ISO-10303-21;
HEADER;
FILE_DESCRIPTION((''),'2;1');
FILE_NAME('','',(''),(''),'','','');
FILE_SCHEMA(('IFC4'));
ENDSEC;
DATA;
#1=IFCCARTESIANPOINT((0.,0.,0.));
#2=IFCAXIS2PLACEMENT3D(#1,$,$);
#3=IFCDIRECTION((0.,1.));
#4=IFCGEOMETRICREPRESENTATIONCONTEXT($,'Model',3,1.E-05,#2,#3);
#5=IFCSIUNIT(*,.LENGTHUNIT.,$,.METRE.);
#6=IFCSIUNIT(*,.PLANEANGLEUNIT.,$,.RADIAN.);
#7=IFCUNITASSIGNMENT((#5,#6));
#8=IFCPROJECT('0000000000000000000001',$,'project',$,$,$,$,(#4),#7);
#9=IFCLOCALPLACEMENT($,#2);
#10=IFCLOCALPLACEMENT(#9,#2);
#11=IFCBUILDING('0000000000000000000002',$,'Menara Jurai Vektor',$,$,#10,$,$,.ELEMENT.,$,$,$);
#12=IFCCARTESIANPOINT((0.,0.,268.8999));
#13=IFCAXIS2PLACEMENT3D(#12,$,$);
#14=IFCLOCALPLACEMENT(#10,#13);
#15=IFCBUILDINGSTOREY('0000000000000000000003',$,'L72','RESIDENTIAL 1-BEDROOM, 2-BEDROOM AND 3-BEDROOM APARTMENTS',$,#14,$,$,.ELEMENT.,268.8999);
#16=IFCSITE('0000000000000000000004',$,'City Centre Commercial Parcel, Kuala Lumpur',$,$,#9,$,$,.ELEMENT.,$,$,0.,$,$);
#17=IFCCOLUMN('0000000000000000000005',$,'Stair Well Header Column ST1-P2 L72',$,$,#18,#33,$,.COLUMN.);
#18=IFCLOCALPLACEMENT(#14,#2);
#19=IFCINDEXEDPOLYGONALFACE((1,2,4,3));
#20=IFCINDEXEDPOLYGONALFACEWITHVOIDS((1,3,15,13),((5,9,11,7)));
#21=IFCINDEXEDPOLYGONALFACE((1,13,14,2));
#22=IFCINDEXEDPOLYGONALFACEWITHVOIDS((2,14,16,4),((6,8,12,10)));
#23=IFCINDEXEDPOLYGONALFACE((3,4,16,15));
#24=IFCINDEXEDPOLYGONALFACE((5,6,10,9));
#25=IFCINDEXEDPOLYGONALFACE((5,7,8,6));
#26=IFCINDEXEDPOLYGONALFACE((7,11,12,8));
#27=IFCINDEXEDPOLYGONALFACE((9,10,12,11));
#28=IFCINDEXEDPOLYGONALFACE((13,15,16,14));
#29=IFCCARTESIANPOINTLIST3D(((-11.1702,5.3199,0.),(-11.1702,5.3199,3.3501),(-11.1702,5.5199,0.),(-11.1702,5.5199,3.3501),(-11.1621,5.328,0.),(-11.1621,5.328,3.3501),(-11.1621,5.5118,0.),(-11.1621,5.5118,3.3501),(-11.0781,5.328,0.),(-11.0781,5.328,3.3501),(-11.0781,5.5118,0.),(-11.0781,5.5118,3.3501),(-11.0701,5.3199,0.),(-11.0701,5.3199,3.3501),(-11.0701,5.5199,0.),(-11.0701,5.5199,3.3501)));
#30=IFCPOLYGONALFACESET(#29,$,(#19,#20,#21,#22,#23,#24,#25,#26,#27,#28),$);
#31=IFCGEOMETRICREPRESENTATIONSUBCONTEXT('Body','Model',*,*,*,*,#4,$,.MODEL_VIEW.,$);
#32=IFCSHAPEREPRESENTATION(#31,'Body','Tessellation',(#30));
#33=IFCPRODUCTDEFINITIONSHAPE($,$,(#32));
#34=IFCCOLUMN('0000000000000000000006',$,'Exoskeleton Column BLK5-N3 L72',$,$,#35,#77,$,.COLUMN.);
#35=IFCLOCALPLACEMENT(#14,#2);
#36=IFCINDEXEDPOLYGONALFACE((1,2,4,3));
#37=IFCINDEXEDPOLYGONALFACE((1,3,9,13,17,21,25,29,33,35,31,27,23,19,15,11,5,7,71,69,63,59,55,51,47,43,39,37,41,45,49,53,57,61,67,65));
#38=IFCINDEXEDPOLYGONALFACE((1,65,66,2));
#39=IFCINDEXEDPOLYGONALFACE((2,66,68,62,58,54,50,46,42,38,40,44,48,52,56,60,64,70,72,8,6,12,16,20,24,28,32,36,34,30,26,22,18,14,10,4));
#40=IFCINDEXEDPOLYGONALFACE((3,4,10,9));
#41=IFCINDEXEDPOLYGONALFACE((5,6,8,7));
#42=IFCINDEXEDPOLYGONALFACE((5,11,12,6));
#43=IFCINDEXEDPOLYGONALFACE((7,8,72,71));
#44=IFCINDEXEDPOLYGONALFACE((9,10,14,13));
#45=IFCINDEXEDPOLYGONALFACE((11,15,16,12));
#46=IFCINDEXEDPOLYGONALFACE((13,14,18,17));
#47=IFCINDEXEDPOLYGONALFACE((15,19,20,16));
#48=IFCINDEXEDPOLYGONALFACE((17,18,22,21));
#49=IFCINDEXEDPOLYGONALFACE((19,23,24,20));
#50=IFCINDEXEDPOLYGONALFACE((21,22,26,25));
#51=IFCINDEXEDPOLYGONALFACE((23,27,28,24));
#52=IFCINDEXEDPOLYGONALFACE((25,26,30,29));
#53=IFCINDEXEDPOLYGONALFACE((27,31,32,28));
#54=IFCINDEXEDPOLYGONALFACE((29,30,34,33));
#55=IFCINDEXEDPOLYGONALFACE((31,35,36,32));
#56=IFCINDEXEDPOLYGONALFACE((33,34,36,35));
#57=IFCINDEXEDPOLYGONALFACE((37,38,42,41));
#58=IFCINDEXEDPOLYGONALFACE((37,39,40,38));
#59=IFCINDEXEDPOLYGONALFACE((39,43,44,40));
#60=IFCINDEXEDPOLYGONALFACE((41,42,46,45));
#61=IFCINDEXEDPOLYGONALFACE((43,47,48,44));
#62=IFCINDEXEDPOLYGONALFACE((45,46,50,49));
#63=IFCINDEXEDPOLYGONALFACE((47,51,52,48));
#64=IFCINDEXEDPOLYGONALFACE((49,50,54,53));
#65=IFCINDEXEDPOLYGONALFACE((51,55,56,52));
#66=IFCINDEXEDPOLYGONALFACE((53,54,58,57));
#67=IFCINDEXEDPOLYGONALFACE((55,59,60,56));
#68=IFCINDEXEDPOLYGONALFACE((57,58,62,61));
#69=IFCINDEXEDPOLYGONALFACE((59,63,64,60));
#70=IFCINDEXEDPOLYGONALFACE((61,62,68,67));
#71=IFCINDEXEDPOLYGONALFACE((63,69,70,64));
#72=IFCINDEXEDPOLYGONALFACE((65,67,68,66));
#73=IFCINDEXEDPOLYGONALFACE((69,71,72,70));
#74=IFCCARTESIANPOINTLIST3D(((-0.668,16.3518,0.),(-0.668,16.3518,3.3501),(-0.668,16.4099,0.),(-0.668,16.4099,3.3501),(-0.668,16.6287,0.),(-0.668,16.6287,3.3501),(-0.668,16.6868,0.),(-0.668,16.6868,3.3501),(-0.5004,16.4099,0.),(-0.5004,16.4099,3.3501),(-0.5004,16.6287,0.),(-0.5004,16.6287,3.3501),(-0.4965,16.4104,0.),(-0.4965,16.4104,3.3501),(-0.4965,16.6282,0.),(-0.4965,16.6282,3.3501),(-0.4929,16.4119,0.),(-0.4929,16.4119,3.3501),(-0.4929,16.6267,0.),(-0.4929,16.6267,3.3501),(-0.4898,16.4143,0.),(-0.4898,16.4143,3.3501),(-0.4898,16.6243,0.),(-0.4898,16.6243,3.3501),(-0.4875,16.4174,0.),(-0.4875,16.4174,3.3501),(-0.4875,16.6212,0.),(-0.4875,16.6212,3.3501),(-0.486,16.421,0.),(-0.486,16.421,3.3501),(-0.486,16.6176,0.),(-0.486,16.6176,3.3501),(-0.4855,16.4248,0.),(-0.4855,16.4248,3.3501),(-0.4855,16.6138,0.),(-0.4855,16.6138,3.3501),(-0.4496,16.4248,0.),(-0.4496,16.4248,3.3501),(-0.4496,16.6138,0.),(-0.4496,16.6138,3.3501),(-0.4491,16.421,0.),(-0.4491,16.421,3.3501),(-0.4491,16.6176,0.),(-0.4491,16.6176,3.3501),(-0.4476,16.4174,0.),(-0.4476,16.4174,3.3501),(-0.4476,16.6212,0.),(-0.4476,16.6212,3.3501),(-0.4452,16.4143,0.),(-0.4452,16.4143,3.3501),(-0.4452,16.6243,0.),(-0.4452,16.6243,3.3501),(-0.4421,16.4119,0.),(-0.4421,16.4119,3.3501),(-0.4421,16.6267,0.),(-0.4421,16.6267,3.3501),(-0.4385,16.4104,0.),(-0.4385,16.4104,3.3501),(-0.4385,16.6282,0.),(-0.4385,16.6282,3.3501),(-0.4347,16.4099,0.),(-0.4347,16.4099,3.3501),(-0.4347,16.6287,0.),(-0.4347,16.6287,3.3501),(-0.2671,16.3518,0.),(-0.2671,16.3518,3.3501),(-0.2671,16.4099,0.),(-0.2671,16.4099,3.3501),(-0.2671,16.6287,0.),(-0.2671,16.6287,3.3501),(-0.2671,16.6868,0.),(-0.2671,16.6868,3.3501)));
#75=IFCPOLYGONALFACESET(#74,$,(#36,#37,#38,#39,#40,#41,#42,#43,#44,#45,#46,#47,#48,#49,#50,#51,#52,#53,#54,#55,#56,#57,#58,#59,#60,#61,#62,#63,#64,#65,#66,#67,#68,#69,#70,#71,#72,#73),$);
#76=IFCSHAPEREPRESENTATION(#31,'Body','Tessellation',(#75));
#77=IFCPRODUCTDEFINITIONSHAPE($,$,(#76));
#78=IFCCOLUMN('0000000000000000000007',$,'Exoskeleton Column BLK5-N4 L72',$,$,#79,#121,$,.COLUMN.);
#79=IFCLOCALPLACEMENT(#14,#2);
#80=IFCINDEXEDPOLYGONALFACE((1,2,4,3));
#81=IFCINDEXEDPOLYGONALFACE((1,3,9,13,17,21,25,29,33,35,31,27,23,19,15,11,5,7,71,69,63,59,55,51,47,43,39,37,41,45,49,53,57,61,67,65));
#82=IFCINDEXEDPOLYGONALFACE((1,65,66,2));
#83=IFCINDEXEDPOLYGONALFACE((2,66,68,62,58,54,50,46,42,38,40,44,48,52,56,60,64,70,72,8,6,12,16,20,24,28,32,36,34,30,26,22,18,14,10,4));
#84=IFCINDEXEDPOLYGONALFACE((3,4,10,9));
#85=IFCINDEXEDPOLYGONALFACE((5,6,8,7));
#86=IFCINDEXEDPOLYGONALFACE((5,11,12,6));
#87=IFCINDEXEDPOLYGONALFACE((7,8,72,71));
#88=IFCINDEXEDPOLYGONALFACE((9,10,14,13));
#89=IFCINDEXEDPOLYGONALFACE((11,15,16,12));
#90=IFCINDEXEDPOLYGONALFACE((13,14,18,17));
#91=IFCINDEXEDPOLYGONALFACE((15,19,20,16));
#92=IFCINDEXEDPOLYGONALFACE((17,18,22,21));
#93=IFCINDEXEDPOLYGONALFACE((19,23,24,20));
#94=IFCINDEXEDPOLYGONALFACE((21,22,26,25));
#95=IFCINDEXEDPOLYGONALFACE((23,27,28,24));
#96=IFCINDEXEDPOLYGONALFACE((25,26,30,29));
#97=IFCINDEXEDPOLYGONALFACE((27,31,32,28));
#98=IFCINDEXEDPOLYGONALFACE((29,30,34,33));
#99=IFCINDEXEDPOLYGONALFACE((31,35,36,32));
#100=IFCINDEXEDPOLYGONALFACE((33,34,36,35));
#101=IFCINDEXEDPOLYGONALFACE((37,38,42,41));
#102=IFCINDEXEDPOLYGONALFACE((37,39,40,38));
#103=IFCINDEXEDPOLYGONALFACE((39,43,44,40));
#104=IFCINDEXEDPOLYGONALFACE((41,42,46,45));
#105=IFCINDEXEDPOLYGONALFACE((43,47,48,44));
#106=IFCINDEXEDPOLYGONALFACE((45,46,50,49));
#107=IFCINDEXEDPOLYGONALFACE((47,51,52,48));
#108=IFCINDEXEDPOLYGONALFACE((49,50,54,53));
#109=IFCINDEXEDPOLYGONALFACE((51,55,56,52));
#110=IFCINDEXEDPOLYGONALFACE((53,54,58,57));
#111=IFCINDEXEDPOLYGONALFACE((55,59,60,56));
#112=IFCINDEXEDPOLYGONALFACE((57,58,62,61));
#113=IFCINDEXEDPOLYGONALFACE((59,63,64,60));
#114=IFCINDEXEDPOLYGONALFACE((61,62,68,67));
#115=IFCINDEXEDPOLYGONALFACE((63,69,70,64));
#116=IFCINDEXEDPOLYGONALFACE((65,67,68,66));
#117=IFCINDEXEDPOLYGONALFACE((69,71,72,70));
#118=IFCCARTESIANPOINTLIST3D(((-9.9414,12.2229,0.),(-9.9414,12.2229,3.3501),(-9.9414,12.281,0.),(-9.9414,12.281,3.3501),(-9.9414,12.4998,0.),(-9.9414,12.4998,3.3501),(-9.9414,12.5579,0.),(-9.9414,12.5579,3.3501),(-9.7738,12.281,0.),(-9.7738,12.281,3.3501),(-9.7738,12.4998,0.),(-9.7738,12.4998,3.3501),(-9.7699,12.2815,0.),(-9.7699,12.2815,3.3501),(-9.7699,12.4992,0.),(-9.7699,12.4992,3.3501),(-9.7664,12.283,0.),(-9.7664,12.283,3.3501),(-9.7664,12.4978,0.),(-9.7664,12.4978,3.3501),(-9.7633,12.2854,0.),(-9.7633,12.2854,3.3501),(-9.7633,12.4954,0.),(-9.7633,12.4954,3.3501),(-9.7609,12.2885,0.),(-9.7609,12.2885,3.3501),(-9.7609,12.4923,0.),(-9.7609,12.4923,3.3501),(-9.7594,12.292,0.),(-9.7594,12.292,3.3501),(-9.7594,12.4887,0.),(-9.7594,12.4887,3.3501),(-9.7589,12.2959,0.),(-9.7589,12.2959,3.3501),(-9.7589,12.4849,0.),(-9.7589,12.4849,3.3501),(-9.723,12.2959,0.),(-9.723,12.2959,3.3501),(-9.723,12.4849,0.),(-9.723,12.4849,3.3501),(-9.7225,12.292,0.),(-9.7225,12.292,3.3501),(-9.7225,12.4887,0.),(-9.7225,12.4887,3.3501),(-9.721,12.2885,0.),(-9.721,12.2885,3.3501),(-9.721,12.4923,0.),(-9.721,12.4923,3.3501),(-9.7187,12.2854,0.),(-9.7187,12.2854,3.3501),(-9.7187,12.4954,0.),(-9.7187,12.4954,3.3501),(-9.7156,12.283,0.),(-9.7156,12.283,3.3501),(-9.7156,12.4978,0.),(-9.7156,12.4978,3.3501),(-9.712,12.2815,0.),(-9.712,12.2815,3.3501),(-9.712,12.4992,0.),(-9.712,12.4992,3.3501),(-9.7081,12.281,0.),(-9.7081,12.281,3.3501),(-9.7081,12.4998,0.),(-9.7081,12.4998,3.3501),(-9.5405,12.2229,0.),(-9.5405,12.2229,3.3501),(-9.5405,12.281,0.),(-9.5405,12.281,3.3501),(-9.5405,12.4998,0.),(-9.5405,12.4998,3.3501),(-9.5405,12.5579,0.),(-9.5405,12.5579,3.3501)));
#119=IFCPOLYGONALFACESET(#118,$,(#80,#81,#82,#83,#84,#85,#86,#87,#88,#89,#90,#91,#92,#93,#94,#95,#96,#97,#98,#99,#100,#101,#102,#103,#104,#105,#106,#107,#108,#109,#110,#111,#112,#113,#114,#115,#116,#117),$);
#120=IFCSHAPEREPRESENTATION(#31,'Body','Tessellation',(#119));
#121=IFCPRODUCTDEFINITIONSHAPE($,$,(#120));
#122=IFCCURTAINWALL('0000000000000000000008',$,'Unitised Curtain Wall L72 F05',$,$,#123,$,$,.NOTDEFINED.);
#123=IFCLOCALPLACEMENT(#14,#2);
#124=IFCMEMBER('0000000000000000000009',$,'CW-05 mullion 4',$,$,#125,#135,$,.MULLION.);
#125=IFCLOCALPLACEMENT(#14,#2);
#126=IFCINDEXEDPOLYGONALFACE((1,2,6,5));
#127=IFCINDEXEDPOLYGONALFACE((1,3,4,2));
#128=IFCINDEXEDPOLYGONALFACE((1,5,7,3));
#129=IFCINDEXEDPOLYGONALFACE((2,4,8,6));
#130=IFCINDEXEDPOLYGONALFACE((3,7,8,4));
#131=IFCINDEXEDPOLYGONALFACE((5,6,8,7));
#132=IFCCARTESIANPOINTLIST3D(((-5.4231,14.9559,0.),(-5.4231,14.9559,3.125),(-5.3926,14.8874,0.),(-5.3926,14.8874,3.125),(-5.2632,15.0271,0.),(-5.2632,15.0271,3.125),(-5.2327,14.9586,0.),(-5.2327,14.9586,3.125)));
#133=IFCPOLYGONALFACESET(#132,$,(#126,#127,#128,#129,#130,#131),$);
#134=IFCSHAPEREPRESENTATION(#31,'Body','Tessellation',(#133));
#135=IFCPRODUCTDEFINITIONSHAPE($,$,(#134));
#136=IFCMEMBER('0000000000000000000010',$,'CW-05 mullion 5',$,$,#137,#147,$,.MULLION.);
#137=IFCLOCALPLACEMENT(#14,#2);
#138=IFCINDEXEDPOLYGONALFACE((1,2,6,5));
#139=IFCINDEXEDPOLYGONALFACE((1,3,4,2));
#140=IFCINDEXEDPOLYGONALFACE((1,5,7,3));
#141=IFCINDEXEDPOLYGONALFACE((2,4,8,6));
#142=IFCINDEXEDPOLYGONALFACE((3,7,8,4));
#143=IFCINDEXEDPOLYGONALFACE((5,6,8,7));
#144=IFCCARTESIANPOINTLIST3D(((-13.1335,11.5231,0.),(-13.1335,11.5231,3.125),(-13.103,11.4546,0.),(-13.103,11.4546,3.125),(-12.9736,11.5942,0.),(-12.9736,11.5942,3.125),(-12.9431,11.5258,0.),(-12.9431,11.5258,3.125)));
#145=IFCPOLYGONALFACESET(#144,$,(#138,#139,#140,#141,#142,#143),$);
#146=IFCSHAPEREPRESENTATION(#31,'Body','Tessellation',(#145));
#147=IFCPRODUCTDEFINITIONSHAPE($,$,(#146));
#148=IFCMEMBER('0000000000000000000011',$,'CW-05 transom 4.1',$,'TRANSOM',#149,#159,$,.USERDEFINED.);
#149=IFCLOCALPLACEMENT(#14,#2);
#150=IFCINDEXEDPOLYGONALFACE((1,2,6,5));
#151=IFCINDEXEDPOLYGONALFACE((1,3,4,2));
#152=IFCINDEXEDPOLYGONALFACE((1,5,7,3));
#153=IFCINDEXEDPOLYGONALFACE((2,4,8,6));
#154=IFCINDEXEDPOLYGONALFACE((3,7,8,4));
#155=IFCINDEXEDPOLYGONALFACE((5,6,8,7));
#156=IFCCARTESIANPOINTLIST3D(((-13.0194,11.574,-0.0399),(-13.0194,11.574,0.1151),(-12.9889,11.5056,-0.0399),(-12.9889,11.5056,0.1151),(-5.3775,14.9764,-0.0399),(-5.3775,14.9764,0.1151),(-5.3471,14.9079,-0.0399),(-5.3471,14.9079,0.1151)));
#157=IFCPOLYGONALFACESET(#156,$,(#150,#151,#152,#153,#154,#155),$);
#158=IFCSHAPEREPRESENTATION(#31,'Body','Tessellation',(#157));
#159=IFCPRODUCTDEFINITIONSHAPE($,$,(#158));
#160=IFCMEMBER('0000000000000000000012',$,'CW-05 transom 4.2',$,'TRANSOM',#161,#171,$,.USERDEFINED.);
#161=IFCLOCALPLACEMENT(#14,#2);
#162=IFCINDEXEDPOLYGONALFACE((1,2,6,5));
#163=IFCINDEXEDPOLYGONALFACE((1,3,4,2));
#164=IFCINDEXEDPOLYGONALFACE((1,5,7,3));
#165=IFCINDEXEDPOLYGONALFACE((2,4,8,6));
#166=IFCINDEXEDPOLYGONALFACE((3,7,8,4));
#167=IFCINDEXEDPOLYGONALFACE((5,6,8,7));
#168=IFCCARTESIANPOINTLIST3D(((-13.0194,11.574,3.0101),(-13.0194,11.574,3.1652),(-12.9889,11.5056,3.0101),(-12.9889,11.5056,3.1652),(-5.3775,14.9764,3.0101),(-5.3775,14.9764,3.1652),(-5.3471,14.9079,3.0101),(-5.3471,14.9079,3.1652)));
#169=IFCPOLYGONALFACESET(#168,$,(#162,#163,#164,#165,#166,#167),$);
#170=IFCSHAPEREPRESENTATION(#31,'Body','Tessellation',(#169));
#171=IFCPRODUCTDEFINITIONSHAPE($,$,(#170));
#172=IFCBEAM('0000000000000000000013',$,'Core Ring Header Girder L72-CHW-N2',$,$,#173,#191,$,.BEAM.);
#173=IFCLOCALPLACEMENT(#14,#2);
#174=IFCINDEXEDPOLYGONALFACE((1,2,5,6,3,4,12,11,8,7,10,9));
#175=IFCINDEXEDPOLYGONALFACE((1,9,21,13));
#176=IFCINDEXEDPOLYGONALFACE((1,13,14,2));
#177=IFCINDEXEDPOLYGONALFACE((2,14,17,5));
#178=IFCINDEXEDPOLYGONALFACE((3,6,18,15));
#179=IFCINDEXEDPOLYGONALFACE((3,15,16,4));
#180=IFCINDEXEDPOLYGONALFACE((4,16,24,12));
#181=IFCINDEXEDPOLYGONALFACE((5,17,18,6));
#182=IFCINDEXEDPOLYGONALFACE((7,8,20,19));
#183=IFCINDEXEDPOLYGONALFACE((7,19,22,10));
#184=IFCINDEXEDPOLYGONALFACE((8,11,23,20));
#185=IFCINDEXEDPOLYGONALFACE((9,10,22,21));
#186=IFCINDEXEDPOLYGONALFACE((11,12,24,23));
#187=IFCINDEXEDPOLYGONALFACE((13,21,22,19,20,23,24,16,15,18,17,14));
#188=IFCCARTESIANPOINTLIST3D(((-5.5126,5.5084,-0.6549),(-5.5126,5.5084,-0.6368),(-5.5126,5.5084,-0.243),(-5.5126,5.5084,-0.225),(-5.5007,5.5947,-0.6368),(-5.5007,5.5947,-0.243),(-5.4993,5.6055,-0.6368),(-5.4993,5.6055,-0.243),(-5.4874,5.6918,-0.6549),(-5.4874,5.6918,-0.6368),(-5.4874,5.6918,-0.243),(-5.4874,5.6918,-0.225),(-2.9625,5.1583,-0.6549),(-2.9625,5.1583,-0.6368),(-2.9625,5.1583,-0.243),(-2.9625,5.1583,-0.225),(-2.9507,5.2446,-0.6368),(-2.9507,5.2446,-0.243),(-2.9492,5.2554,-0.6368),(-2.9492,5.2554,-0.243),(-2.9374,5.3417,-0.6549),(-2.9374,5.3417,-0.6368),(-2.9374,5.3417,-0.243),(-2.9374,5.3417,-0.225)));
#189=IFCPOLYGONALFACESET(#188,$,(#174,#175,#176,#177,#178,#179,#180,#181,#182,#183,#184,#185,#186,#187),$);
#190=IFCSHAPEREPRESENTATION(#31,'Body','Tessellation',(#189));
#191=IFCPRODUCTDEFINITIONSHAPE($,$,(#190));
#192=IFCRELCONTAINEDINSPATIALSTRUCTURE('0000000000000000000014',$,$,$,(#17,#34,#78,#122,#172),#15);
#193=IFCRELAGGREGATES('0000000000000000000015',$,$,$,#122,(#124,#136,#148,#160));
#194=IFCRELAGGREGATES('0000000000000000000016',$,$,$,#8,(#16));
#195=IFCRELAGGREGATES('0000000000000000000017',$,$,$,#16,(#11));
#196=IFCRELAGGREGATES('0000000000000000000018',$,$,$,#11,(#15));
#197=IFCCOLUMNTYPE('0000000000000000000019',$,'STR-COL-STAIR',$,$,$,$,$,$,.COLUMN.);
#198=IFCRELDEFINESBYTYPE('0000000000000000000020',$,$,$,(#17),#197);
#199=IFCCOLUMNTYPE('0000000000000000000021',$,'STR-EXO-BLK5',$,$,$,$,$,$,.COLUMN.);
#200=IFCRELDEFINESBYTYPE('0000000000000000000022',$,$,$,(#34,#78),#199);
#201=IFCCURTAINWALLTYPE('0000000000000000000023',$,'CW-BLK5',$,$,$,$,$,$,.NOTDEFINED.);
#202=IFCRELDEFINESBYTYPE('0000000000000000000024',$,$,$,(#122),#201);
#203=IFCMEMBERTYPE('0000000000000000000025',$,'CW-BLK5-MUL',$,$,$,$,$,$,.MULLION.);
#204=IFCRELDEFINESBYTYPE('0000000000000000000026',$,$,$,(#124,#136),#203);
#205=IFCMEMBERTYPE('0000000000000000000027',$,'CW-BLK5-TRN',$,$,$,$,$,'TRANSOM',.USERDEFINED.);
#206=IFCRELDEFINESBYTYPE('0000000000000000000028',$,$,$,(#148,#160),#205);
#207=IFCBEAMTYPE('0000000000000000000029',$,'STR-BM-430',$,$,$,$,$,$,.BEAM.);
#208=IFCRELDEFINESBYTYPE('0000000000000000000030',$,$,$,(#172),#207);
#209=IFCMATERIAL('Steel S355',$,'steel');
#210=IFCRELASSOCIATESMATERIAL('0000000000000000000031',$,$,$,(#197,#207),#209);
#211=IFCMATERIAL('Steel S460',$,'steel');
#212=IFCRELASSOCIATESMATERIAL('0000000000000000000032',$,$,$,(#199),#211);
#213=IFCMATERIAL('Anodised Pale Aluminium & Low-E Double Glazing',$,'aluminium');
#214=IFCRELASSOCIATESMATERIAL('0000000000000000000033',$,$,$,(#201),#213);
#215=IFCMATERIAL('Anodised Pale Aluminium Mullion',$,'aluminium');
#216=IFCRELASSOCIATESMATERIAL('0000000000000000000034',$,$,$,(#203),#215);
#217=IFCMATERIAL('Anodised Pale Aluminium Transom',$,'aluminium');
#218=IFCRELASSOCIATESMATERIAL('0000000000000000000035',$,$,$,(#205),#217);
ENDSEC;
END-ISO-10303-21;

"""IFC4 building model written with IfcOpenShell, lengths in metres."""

from ifc_helpers import new_model, si_unit, direction, frame, origin, origin_2d, place, context, subcontext, project, spatial, rectangle, hollow_rectangle, i_section, extrude, material, material_profile, profile_set, type_object, element, aggregate, save


model = new_model("IFC4")

# Units and contexts
model_context = context("Model", 3, precision=1e-05, world=origin(), true_north=direction((0.0, 1.0)))
body_context = subcontext(model_context, "Body", "Model", "MODEL_VIEW")
ifc_project = project(units=[si_unit("LENGTHUNIT", "METRE"), si_unit("PLANEANGLEUNIT", "RADIAN")], contexts=[model_context])

# Site, building, storey
site_placement = place(None, origin())
site = spatial("IfcSite", under=ifc_project, at=site_placement, Name="City Centre Commercial Parcel, Kuala Lumpur", CompositionType="ELEMENT", RefElevation=0.0)
building_placement = place(site_placement, origin())
building = spatial("IfcBuilding", under=site, at=building_placement, Name="Menara Jurai Vektor", CompositionType="ELEMENT")
storey_placement = place(building_placement, frame((0.0, 0.0, 268.8999)))
storey = spatial("IfcBuildingStorey", under=building, at=storey_placement, Name="L72", Description="RESIDENTIAL 1-BEDROOM, 2-BEDROOM AND 3-BEDROOM APARTMENTS", CompositionType="ELEMENT", Elevation=268.8999)

# Columns
ifc_material_1 = material(Name="Steel S355", Category="steel")
ifc_material_profile_1 = material_profile(ifc_material_1, hollow_rectangle(XDim=0.1001, YDim=0.2, WallThickness=0.0081, at=origin_2d()), Name="RHS 200x100x8")
ifc_profile_set_1 = profile_set([ifc_material_profile_1], Name="Steel S355")
column_type_1 = type_object("IfcColumnType", Name="STR-COL-STAIR", PredefinedType="COLUMN", material=ifc_profile_set_1)
column_placement = place(storey_placement, frame((-11.1201, 5.4199, 0.0), z_axis=(0.0, 0.0, 1.0), x_axis=(1.0, 0.0, 0.0)))
element("IfcColumn", 1, at=column_placement, inside=storey, type_object=column_type_1, Name="Stair Well Header Column ST1-P2 L72", PredefinedType="COLUMN", context=body_context, shape_type="SweptSolid", body=[
    extrude(hollow_rectangle(XDim=0.1001, YDim=0.2, WallThickness=0.0081, at=origin_2d()), origin(), (0.0, 0.0, 1.0), 3.3501),
])
ifc_material_2 = material(Name="Steel S460", Category="steel")
ifc_material_profile_2 = material_profile(ifc_material_2, i_section(OverallWidth=0.4009, OverallDepth=0.335, WebThickness=0.0359, FlangeThickness=0.0581, FilletRadius=0.0149, at=origin_2d()), Name="HD 400x463")
ifc_profile_set_2 = profile_set([ifc_material_profile_2], Name="Steel S460")
column_type_2 = type_object("IfcColumnType", Name="STR-EXO-BLK5", PredefinedType="COLUMN", material=ifc_profile_set_2)
for number, where, z_axis, x_axis, name in (
    (2, (-0.4675, 16.5193, 0.0), (0.0, 0.0, 1.0), (1.0, 0.0, 0.0), "Exoskeleton Column BLK5-N3 L72"),
    (3, (-9.741, 12.3904, 0.0), (0.0, 0.0, 1.0), (1.0, 0.0, 0.0), "Exoskeleton Column BLK5-N4 L72"),
):
    element("IfcColumn", number, at=place(storey_placement, frame(where, z_axis=z_axis, x_axis=x_axis)), inside=storey, type_object=column_type_2, Name=name, PredefinedType="COLUMN", context=body_context, shape_type="SweptSolid", body=[
        extrude(i_section(OverallWidth=0.4009, OverallDepth=0.335, WebThickness=0.0359, FlangeThickness=0.0581, FilletRadius=0.0149, at=origin_2d()), origin(), (0.0, 0.0, 1.0), 3.3501),
    ])

# Curtain wall, members
ifc_material_3 = material(Name="Anodised Pale Aluminium & Low-E Double Glazing", Category="aluminium")
curtain_wall_type = type_object("IfcCurtainWallType", Name="CW-BLK5", PredefinedType="NOTDEFINED", material=ifc_material_3)
curtain_wall_placement = place(storey_placement, origin())
curtain_wall = element("IfcCurtainWall", 4, at=curtain_wall_placement, inside=storey, type_object=curtain_wall_type, Name="Unitised Curtain Wall L72 F05", PredefinedType="NOTDEFINED")
ifc_material_4 = material(Name="Anodised Pale Aluminium Mullion", Category="aluminium")
ifc_material_profile_3 = material_profile(ifc_material_4, rectangle(XDim=0.075, YDim=0.175, at=origin_2d()), Name="ALU MUL 75x175")
ifc_profile_set_3 = profile_set([ifc_material_profile_3], Name="Anodised Pale Aluminium Mullion")
member_type_1 = type_object("IfcMemberType", Name="CW-BLK5-MUL", PredefinedType="MULLION", material=ifc_profile_set_3)
member_1_placement = place(storey_placement, frame((-5.3279, 14.9573, 0.0), z_axis=(0.0, 0.0, 1.0), x_axis=(0.406735, -0.913546, 0.0)))
member_1 = element("IfcMember", 5, at=member_1_placement, type_object=member_type_1, Name="CW-05 mullion 4", PredefinedType="MULLION", context=body_context, shape_type="SweptSolid", body=[
    extrude(rectangle(XDim=0.075, YDim=0.175, at=origin_2d()), origin(), (0.0, 0.0, 1.0), 3.125),
])
member_2_placement = place(storey_placement, frame((-13.0383, 11.5244, 0.0), z_axis=(0.0, 0.0, 1.0), x_axis=(0.406735, -0.913546, 0.0)))
member_2 = element("IfcMember", 6, at=member_2_placement, type_object=member_type_1, Name="CW-05 mullion 5", PredefinedType="MULLION", context=body_context, shape_type="SweptSolid", body=[
    extrude(rectangle(XDim=0.075, YDim=0.175, at=origin_2d()), origin(), (0.0, 0.0, 1.0), 3.125),
])
ifc_material_5 = material(Name="Anodised Pale Aluminium Transom", Category="aluminium")
ifc_material_profile_4 = material_profile(ifc_material_5, rectangle(XDim=0.075, YDim=0.155, at=origin_2d()), Name="ALU TRN 75x155")
ifc_profile_set_4 = profile_set([ifc_material_profile_4], Name="Anodised Pale Aluminium Transom")
member_type_2 = type_object("IfcMemberType", Name="CW-BLK5-TRN", ElementType="TRANSOM", PredefinedType="USERDEFINED", material=ifc_profile_set_4)
member_3_placement = place(storey_placement, frame((-5.3623, 14.9421, 0.0376), z_axis=(-0.913547, -0.406734, 0.0), x_axis=(0.406734, -0.913547, 0.0)))
member_3 = element("IfcMember", 7, at=member_3_placement, type_object=member_type_2, Name="CW-05 transom 4.1", ObjectType="TRANSOM", PredefinedType="USERDEFINED", context=body_context, shape_type="SweptSolid", body=[
    extrude(rectangle(XDim=0.075, YDim=0.155, at=origin_2d()), origin(), (0.0, 0.0, 1.0), 8.365),
])
member_4_placement = place(storey_placement, frame((-5.3623, 14.9421, 3.0876), z_axis=(-0.913547, -0.406734, 0.0), x_axis=(0.406734, -0.913547, 0.0)))
member_4 = element("IfcMember", 8, at=member_4_placement, type_object=member_type_2, Name="CW-05 transom 4.2", ObjectType="TRANSOM", PredefinedType="USERDEFINED", context=body_context, shape_type="SweptSolid", body=[
    extrude(rectangle(XDim=0.075, YDim=0.155, at=origin_2d()), origin(), (0.0, 0.0, 1.0), 8.365),
])

# Beam
ifc_material_profile_5 = material_profile(ifc_material_1, i_section(OverallWidth=0.1851, OverallDepth=0.4299, WebThickness=0.011, FlangeThickness=0.0181, at=origin_2d()), Name="PG 430x185x76")
ifc_profile_set_5 = profile_set([ifc_material_profile_5], Name="Steel S355")
beam_type_1 = type_object("IfcBeamType", Name="STR-BM-430", PredefinedType="BEAM", material=ifc_profile_set_5)
beam_1_placement = place(storey_placement, frame((-5.5, 5.6001, -0.4399), z_axis=(0.990707, -0.136015, 0.0), x_axis=(0.136015, 0.990707, 0.0)))
element("IfcBeam", 9, at=beam_1_placement, inside=storey, type_object=beam_type_1, Name="Core Ring Header Girder L72-CHW-N2", PredefinedType="BEAM", context=body_context, shape_type="SweptSolid", body=[
    extrude(i_section(OverallWidth=0.1851, OverallDepth=0.4299, WebThickness=0.011, FlangeThickness=0.0181, at=origin_2d()), origin(), (0.0, 0.0, 1.0), 2.574),
])

aggregate(curtain_wall, [member_1, member_2, member_3, member_4])

save(model, "model.ifc")
